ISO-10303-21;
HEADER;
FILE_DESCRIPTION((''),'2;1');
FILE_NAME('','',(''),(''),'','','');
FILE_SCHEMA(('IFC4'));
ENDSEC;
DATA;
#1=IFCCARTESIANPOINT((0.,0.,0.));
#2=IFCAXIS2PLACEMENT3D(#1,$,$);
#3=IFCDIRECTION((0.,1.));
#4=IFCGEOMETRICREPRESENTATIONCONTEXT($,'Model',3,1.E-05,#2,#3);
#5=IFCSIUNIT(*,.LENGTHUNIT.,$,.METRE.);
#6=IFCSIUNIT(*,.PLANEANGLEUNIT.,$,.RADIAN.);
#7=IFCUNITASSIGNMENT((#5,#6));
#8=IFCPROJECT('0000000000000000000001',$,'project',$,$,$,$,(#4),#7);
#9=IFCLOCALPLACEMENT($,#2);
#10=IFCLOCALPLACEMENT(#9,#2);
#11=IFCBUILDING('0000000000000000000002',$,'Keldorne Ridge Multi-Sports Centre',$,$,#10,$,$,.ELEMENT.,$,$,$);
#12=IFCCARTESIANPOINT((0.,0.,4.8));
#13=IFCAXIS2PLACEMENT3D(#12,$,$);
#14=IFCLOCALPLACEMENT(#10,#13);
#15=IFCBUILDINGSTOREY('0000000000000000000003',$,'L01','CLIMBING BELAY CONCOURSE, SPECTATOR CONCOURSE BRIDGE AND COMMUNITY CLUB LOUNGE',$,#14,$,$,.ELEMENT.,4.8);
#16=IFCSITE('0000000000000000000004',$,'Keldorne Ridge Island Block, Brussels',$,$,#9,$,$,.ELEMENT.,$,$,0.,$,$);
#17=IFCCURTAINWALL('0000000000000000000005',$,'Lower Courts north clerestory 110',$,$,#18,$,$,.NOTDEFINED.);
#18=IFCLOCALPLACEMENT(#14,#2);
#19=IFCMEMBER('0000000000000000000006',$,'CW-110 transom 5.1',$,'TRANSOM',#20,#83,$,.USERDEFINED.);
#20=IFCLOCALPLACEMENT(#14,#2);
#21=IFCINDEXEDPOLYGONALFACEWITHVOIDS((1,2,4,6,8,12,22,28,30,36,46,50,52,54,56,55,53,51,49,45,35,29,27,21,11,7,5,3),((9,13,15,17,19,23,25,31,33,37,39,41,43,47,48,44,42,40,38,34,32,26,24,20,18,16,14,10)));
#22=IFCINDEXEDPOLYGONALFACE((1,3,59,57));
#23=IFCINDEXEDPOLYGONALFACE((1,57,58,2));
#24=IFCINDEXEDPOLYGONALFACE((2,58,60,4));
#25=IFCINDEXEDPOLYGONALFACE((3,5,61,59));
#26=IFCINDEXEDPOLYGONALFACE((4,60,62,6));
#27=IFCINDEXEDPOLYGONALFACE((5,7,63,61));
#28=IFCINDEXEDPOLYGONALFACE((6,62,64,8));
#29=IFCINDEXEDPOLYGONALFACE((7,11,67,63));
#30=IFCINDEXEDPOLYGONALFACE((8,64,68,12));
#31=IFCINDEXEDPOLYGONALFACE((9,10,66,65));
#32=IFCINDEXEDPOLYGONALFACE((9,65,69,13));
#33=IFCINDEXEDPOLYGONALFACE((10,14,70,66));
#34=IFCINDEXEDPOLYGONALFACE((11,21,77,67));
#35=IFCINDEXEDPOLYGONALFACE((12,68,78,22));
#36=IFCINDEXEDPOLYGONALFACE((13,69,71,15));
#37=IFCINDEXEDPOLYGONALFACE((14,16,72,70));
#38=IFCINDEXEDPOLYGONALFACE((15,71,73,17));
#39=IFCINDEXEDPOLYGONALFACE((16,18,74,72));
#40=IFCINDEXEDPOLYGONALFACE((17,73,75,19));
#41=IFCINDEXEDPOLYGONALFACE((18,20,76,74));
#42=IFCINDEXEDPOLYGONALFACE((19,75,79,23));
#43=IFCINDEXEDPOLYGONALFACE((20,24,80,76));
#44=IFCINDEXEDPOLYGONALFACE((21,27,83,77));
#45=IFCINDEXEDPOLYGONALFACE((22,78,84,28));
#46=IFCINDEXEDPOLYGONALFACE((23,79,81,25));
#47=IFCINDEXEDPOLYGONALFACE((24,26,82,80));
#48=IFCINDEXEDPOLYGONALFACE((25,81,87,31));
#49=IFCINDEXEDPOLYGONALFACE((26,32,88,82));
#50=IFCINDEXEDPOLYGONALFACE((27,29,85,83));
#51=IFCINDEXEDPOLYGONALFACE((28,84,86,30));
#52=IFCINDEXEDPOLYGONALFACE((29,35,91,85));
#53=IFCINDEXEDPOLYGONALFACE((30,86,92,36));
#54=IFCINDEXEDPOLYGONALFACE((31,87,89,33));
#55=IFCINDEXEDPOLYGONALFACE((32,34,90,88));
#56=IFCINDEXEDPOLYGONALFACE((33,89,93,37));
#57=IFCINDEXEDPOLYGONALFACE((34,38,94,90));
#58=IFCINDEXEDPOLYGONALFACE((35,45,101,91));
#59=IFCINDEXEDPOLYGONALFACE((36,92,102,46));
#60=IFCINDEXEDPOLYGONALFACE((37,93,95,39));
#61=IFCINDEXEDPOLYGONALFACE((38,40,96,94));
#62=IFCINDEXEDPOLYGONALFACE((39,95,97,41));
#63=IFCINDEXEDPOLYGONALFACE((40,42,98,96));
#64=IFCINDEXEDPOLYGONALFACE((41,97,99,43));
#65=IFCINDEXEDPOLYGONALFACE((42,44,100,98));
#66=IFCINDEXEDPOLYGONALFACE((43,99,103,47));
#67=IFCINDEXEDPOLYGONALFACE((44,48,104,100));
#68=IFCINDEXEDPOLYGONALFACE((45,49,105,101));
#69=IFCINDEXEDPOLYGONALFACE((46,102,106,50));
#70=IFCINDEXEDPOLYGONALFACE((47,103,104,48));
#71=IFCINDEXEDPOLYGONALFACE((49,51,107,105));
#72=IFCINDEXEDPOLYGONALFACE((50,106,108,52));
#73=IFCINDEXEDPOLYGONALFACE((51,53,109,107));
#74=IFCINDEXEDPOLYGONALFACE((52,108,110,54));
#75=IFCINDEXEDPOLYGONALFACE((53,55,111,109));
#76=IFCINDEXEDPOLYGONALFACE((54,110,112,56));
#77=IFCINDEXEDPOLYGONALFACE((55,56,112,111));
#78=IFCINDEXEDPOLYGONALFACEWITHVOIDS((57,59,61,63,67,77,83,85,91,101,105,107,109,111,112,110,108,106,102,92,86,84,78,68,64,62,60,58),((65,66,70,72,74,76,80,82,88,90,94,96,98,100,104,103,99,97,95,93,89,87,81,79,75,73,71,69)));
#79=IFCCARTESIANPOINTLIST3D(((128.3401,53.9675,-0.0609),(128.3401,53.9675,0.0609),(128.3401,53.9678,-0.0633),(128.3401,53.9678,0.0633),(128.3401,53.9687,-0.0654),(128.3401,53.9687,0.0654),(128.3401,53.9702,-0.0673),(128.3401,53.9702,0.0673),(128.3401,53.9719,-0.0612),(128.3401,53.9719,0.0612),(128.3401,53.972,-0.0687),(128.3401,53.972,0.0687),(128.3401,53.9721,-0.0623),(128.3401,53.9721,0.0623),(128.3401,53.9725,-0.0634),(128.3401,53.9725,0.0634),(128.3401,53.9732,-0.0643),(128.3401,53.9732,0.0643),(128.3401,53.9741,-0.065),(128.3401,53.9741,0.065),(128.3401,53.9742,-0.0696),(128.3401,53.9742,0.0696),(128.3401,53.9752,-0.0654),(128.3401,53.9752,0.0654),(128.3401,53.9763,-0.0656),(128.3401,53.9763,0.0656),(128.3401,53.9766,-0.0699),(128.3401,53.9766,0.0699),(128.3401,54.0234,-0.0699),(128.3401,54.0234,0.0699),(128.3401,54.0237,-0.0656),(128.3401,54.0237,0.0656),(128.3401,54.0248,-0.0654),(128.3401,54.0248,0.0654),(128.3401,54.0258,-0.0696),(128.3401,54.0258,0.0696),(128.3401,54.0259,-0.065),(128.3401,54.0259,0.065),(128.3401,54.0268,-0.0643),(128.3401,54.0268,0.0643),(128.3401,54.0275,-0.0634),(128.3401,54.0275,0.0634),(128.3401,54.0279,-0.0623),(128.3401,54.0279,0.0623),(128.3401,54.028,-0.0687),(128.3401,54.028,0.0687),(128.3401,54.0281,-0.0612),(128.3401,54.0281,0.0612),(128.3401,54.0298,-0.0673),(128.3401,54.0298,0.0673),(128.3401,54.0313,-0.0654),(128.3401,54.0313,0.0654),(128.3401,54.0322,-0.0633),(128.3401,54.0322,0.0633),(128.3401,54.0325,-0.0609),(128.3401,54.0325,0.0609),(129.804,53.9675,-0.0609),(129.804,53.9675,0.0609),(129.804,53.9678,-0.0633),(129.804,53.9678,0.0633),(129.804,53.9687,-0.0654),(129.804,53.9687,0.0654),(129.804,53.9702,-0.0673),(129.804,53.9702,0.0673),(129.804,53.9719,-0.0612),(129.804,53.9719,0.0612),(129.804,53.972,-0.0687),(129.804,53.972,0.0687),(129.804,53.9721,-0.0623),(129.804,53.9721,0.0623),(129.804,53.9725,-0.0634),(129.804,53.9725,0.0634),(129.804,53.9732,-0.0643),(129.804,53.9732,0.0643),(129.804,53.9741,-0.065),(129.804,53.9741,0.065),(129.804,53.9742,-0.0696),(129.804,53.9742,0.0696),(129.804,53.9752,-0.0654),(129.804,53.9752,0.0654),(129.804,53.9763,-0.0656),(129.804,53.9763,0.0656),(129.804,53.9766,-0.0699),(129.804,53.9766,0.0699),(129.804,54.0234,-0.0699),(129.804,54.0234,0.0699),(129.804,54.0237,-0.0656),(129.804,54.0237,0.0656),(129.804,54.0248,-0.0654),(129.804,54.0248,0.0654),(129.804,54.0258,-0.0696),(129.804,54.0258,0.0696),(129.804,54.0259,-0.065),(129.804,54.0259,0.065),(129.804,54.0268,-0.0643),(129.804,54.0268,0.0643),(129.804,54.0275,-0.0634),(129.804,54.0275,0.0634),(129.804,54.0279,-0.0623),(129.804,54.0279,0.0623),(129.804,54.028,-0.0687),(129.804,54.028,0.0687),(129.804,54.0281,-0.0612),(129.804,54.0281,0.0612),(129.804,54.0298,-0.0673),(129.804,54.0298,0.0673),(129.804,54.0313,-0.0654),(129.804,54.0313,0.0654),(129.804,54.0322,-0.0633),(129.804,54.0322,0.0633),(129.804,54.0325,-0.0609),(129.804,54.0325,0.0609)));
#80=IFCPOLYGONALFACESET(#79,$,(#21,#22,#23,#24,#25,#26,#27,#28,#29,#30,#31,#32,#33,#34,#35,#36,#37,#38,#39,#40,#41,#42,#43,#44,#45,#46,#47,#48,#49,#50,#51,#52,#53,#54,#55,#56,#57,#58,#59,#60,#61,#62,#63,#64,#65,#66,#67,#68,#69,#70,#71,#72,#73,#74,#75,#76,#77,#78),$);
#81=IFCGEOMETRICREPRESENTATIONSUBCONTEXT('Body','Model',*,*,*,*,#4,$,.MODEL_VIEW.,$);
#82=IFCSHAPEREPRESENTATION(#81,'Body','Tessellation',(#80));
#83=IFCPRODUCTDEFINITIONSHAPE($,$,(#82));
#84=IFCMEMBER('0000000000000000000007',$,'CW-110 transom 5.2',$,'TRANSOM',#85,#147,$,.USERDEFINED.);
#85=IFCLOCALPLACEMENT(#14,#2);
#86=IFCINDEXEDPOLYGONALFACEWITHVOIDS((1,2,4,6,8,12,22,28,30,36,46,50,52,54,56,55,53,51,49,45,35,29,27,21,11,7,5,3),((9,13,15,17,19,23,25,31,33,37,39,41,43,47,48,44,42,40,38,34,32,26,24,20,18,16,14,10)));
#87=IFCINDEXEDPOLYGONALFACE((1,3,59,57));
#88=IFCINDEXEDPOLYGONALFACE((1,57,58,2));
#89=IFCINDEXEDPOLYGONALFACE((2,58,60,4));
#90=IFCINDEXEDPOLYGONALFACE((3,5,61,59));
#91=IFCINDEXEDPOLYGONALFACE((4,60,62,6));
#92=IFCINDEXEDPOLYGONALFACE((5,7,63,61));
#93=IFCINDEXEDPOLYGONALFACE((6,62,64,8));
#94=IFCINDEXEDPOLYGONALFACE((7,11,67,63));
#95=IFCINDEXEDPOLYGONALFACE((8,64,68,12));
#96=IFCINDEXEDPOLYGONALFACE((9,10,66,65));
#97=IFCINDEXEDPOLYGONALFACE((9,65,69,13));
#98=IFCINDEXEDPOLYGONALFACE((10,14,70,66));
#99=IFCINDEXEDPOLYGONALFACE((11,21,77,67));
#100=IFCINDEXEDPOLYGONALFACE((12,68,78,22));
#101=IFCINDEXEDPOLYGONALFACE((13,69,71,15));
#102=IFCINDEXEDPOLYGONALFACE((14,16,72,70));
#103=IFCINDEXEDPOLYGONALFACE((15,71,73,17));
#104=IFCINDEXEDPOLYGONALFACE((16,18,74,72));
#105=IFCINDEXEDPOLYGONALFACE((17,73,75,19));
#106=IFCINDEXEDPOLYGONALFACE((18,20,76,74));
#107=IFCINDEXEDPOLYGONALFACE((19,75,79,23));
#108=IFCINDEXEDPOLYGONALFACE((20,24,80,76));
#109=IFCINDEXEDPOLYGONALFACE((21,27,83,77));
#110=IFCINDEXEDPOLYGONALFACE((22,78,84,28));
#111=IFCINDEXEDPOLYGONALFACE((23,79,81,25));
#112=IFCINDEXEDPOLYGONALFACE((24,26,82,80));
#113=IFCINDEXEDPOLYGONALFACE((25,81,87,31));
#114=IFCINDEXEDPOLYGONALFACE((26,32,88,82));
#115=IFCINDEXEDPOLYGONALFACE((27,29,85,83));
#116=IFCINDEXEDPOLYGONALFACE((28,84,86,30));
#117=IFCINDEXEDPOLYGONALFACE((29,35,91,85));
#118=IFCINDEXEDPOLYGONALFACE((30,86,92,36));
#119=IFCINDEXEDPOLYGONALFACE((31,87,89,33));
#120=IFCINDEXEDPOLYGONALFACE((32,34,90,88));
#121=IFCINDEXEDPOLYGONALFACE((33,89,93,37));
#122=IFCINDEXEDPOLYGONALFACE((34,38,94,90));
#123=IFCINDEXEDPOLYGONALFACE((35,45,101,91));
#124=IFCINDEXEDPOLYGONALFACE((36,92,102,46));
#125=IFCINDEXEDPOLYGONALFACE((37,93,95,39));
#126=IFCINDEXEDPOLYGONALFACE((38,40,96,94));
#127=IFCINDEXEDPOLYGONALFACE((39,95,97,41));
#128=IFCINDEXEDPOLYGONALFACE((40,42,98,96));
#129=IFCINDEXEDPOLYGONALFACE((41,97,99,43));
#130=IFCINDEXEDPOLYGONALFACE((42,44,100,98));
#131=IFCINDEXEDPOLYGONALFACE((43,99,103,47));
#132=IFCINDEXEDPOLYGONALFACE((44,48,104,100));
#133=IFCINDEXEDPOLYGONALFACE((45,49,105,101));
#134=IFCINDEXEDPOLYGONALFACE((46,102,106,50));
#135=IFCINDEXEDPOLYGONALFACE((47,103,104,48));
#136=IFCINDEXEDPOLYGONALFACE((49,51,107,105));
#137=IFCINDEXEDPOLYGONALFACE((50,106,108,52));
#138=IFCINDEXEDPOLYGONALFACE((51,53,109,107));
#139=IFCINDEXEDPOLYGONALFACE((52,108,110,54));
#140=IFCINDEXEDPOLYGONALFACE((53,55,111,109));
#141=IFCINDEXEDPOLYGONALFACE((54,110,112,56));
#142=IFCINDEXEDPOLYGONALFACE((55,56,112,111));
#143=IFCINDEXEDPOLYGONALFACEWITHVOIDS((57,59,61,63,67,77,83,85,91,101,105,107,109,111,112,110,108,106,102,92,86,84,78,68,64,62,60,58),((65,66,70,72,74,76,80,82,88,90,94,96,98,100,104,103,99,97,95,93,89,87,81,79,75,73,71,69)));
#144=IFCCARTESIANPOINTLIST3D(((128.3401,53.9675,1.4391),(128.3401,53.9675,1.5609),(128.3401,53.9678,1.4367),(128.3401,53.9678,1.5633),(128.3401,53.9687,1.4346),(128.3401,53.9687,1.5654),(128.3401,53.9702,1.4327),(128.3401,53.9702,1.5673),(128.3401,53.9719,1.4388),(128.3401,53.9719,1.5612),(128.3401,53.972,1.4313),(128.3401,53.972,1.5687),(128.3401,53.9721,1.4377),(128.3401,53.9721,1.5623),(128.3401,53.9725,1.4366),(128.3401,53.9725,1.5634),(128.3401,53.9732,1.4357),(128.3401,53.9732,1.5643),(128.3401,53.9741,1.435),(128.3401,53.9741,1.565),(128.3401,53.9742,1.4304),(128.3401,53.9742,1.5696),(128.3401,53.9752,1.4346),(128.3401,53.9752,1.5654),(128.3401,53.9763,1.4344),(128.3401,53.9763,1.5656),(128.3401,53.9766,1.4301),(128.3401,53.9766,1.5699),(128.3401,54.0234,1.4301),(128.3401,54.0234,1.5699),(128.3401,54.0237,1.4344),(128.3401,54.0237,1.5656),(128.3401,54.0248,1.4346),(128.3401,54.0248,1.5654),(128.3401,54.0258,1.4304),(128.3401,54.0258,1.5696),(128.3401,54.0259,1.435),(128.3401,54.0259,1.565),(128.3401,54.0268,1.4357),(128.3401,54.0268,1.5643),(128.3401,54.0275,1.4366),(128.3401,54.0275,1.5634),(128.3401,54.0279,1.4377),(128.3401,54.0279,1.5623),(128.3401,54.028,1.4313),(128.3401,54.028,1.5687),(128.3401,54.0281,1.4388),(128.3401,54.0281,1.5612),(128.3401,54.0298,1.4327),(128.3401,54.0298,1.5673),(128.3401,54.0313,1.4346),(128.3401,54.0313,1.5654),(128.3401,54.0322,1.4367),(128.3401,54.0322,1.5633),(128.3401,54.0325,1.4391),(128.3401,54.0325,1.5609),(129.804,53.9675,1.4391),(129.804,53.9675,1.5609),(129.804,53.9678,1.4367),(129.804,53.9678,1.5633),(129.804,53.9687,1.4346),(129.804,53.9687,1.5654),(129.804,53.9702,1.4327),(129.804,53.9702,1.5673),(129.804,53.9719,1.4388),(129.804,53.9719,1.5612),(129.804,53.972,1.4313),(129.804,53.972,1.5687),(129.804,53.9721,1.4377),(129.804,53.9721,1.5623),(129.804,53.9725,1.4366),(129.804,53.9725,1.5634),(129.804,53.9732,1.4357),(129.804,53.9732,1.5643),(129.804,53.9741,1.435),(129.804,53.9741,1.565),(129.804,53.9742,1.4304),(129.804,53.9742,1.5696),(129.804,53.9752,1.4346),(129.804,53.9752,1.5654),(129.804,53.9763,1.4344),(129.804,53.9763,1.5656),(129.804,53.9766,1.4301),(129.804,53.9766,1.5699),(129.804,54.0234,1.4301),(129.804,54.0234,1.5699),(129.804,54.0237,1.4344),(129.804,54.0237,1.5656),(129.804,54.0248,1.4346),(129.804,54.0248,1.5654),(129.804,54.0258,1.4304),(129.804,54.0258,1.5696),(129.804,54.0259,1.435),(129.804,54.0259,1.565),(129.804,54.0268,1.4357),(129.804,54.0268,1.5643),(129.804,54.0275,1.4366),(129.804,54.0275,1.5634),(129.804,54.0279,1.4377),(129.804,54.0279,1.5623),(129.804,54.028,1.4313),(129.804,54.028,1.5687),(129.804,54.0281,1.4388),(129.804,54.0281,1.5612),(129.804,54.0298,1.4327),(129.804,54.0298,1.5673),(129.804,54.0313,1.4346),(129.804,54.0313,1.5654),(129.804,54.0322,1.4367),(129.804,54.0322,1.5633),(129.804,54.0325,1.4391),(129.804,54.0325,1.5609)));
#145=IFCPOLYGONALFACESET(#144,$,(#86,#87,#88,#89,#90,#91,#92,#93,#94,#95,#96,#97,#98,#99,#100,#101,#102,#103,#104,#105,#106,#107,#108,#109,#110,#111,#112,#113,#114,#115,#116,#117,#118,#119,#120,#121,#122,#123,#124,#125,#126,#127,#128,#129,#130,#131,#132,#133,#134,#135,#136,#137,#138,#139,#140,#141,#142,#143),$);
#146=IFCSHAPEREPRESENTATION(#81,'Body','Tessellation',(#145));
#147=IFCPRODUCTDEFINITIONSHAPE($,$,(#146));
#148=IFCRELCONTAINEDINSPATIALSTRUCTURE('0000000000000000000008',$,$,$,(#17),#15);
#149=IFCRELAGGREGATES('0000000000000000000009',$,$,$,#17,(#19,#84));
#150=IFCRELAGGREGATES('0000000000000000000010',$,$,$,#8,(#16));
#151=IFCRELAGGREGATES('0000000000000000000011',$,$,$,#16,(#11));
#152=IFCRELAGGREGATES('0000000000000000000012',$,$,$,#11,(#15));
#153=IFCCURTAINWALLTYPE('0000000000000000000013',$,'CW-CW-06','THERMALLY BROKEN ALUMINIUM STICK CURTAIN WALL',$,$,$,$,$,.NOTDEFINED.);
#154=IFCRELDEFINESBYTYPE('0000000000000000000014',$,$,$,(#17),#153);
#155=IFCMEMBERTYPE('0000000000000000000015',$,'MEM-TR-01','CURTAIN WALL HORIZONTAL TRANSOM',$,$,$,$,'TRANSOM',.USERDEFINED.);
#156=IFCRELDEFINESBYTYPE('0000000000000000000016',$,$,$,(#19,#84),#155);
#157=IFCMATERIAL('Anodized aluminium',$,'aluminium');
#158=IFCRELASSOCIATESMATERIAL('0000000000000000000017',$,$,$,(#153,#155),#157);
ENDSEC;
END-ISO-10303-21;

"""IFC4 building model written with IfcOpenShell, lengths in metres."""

from ifc_helpers import new_model, si_unit, direction, frame, origin, origin_2d, place, context, subcontext, project, spatial, hollow_rectangle, extrude, material, material_profile, profile_set, type_object, element, aggregate, save


model = new_model("IFC4")

# Units and contexts
model_context = context("Model", 3, precision=1e-05, world=origin(), true_north=direction((0.0, 1.0)))
body_context = subcontext(model_context, "Body", "Model", "MODEL_VIEW")
ifc_project = project(units=[si_unit("LENGTHUNIT", "METRE"), si_unit("PLANEANGLEUNIT", "RADIAN")], contexts=[model_context])

# Site, building, storey
site_placement = place(None, origin())
site = spatial("IfcSite", under=ifc_project, at=site_placement, Name="Keldorne Ridge Island Block, Brussels", CompositionType="ELEMENT", RefElevation=0.0)
building_placement = place(site_placement, origin())
building = spatial("IfcBuilding", under=site, at=building_placement, Name="Keldorne Ridge Multi-Sports Centre", CompositionType="ELEMENT")
storey_placement = place(building_placement, frame((0.0, 0.0, 4.8)))
storey = spatial("IfcBuildingStorey", under=building, at=storey_placement, Name="L01", Description="CLIMBING BELAY CONCOURSE, SPECTATOR CONCOURSE BRIDGE AND COMMUNITY CLUB LOUNGE", CompositionType="ELEMENT", Elevation=4.8)

# Shared definitions
ifc_material_1 = material(Name="Anodized aluminium", Category="aluminium")

# Curtain wall
curtain_wall_type_1 = type_object("IfcCurtainWallType", Name="CW-CW-06", Description="THERMALLY BROKEN ALUMINIUM STICK CURTAIN WALL", PredefinedType="NOTDEFINED", material=ifc_material_1)
curtain_wall_1_placement = place(storey_placement, origin())
curtain_wall_1 = element("IfcCurtainWall", 1, at=curtain_wall_1_placement, inside=storey, type_object=curtain_wall_type_1, Name="Lower Courts north clerestory 110", PredefinedType="NOTDEFINED")

# Members
ifc_material_profile_1 = material_profile(ifc_material_1, hollow_rectangle(XDim=0.0649, YDim=0.1399, WallThickness=0.0044, InnerFilletRadius=0.0044, OuterFilletRadius=0.009, at=origin_2d()), Name="ALU TRANSOM 140x65x4.5")
ifc_profile_set_1 = profile_set([ifc_material_profile_1], Name="Anodized aluminium")
member_type_1 = type_object("IfcMemberType", Name="MEM-TR-01", Description="CURTAIN WALL HORIZONTAL TRANSOM", ElementType="TRANSOM", PredefinedType="USERDEFINED", material=ifc_profile_set_1)
member_1_placement = place(storey_placement, frame((129.804, 54.0, 0.0), z_axis=(-1.0, 0.0, 0.0), x_axis=(0.0, -1.0, 0.0)))
member_1 = element("IfcMember", 2, at=member_1_placement, type_object=member_type_1, Name="CW-110 transom 5.1", ObjectType="TRANSOM", PredefinedType="USERDEFINED", context=body_context, shape_type="SweptSolid", body=[
    extrude(hollow_rectangle(XDim=0.0649, YDim=0.1399, WallThickness=0.0044, InnerFilletRadius=0.0044, OuterFilletRadius=0.009, at=origin_2d()), origin(), (0.0, 0.0, 1.0), 1.4639),
])
member_2_placement = place(storey_placement, frame((129.804, 54.0, 1.5), z_axis=(-1.0, 0.0, 0.0), x_axis=(0.0, -1.0, 0.0)))
member_2 = element("IfcMember", 3, at=member_2_placement, type_object=member_type_1, Name="CW-110 transom 5.2", ObjectType="TRANSOM", PredefinedType="USERDEFINED", context=body_context, shape_type="SweptSolid", body=[
    extrude(hollow_rectangle(XDim=0.0649, YDim=0.1399, WallThickness=0.0044, InnerFilletRadius=0.0044, OuterFilletRadius=0.009, at=origin_2d()), origin(), (0.0, 0.0, 1.0), 1.4639),
])

aggregate(curtain_wall_1, [member_1, member_2])

save(model, "model.ifc")
